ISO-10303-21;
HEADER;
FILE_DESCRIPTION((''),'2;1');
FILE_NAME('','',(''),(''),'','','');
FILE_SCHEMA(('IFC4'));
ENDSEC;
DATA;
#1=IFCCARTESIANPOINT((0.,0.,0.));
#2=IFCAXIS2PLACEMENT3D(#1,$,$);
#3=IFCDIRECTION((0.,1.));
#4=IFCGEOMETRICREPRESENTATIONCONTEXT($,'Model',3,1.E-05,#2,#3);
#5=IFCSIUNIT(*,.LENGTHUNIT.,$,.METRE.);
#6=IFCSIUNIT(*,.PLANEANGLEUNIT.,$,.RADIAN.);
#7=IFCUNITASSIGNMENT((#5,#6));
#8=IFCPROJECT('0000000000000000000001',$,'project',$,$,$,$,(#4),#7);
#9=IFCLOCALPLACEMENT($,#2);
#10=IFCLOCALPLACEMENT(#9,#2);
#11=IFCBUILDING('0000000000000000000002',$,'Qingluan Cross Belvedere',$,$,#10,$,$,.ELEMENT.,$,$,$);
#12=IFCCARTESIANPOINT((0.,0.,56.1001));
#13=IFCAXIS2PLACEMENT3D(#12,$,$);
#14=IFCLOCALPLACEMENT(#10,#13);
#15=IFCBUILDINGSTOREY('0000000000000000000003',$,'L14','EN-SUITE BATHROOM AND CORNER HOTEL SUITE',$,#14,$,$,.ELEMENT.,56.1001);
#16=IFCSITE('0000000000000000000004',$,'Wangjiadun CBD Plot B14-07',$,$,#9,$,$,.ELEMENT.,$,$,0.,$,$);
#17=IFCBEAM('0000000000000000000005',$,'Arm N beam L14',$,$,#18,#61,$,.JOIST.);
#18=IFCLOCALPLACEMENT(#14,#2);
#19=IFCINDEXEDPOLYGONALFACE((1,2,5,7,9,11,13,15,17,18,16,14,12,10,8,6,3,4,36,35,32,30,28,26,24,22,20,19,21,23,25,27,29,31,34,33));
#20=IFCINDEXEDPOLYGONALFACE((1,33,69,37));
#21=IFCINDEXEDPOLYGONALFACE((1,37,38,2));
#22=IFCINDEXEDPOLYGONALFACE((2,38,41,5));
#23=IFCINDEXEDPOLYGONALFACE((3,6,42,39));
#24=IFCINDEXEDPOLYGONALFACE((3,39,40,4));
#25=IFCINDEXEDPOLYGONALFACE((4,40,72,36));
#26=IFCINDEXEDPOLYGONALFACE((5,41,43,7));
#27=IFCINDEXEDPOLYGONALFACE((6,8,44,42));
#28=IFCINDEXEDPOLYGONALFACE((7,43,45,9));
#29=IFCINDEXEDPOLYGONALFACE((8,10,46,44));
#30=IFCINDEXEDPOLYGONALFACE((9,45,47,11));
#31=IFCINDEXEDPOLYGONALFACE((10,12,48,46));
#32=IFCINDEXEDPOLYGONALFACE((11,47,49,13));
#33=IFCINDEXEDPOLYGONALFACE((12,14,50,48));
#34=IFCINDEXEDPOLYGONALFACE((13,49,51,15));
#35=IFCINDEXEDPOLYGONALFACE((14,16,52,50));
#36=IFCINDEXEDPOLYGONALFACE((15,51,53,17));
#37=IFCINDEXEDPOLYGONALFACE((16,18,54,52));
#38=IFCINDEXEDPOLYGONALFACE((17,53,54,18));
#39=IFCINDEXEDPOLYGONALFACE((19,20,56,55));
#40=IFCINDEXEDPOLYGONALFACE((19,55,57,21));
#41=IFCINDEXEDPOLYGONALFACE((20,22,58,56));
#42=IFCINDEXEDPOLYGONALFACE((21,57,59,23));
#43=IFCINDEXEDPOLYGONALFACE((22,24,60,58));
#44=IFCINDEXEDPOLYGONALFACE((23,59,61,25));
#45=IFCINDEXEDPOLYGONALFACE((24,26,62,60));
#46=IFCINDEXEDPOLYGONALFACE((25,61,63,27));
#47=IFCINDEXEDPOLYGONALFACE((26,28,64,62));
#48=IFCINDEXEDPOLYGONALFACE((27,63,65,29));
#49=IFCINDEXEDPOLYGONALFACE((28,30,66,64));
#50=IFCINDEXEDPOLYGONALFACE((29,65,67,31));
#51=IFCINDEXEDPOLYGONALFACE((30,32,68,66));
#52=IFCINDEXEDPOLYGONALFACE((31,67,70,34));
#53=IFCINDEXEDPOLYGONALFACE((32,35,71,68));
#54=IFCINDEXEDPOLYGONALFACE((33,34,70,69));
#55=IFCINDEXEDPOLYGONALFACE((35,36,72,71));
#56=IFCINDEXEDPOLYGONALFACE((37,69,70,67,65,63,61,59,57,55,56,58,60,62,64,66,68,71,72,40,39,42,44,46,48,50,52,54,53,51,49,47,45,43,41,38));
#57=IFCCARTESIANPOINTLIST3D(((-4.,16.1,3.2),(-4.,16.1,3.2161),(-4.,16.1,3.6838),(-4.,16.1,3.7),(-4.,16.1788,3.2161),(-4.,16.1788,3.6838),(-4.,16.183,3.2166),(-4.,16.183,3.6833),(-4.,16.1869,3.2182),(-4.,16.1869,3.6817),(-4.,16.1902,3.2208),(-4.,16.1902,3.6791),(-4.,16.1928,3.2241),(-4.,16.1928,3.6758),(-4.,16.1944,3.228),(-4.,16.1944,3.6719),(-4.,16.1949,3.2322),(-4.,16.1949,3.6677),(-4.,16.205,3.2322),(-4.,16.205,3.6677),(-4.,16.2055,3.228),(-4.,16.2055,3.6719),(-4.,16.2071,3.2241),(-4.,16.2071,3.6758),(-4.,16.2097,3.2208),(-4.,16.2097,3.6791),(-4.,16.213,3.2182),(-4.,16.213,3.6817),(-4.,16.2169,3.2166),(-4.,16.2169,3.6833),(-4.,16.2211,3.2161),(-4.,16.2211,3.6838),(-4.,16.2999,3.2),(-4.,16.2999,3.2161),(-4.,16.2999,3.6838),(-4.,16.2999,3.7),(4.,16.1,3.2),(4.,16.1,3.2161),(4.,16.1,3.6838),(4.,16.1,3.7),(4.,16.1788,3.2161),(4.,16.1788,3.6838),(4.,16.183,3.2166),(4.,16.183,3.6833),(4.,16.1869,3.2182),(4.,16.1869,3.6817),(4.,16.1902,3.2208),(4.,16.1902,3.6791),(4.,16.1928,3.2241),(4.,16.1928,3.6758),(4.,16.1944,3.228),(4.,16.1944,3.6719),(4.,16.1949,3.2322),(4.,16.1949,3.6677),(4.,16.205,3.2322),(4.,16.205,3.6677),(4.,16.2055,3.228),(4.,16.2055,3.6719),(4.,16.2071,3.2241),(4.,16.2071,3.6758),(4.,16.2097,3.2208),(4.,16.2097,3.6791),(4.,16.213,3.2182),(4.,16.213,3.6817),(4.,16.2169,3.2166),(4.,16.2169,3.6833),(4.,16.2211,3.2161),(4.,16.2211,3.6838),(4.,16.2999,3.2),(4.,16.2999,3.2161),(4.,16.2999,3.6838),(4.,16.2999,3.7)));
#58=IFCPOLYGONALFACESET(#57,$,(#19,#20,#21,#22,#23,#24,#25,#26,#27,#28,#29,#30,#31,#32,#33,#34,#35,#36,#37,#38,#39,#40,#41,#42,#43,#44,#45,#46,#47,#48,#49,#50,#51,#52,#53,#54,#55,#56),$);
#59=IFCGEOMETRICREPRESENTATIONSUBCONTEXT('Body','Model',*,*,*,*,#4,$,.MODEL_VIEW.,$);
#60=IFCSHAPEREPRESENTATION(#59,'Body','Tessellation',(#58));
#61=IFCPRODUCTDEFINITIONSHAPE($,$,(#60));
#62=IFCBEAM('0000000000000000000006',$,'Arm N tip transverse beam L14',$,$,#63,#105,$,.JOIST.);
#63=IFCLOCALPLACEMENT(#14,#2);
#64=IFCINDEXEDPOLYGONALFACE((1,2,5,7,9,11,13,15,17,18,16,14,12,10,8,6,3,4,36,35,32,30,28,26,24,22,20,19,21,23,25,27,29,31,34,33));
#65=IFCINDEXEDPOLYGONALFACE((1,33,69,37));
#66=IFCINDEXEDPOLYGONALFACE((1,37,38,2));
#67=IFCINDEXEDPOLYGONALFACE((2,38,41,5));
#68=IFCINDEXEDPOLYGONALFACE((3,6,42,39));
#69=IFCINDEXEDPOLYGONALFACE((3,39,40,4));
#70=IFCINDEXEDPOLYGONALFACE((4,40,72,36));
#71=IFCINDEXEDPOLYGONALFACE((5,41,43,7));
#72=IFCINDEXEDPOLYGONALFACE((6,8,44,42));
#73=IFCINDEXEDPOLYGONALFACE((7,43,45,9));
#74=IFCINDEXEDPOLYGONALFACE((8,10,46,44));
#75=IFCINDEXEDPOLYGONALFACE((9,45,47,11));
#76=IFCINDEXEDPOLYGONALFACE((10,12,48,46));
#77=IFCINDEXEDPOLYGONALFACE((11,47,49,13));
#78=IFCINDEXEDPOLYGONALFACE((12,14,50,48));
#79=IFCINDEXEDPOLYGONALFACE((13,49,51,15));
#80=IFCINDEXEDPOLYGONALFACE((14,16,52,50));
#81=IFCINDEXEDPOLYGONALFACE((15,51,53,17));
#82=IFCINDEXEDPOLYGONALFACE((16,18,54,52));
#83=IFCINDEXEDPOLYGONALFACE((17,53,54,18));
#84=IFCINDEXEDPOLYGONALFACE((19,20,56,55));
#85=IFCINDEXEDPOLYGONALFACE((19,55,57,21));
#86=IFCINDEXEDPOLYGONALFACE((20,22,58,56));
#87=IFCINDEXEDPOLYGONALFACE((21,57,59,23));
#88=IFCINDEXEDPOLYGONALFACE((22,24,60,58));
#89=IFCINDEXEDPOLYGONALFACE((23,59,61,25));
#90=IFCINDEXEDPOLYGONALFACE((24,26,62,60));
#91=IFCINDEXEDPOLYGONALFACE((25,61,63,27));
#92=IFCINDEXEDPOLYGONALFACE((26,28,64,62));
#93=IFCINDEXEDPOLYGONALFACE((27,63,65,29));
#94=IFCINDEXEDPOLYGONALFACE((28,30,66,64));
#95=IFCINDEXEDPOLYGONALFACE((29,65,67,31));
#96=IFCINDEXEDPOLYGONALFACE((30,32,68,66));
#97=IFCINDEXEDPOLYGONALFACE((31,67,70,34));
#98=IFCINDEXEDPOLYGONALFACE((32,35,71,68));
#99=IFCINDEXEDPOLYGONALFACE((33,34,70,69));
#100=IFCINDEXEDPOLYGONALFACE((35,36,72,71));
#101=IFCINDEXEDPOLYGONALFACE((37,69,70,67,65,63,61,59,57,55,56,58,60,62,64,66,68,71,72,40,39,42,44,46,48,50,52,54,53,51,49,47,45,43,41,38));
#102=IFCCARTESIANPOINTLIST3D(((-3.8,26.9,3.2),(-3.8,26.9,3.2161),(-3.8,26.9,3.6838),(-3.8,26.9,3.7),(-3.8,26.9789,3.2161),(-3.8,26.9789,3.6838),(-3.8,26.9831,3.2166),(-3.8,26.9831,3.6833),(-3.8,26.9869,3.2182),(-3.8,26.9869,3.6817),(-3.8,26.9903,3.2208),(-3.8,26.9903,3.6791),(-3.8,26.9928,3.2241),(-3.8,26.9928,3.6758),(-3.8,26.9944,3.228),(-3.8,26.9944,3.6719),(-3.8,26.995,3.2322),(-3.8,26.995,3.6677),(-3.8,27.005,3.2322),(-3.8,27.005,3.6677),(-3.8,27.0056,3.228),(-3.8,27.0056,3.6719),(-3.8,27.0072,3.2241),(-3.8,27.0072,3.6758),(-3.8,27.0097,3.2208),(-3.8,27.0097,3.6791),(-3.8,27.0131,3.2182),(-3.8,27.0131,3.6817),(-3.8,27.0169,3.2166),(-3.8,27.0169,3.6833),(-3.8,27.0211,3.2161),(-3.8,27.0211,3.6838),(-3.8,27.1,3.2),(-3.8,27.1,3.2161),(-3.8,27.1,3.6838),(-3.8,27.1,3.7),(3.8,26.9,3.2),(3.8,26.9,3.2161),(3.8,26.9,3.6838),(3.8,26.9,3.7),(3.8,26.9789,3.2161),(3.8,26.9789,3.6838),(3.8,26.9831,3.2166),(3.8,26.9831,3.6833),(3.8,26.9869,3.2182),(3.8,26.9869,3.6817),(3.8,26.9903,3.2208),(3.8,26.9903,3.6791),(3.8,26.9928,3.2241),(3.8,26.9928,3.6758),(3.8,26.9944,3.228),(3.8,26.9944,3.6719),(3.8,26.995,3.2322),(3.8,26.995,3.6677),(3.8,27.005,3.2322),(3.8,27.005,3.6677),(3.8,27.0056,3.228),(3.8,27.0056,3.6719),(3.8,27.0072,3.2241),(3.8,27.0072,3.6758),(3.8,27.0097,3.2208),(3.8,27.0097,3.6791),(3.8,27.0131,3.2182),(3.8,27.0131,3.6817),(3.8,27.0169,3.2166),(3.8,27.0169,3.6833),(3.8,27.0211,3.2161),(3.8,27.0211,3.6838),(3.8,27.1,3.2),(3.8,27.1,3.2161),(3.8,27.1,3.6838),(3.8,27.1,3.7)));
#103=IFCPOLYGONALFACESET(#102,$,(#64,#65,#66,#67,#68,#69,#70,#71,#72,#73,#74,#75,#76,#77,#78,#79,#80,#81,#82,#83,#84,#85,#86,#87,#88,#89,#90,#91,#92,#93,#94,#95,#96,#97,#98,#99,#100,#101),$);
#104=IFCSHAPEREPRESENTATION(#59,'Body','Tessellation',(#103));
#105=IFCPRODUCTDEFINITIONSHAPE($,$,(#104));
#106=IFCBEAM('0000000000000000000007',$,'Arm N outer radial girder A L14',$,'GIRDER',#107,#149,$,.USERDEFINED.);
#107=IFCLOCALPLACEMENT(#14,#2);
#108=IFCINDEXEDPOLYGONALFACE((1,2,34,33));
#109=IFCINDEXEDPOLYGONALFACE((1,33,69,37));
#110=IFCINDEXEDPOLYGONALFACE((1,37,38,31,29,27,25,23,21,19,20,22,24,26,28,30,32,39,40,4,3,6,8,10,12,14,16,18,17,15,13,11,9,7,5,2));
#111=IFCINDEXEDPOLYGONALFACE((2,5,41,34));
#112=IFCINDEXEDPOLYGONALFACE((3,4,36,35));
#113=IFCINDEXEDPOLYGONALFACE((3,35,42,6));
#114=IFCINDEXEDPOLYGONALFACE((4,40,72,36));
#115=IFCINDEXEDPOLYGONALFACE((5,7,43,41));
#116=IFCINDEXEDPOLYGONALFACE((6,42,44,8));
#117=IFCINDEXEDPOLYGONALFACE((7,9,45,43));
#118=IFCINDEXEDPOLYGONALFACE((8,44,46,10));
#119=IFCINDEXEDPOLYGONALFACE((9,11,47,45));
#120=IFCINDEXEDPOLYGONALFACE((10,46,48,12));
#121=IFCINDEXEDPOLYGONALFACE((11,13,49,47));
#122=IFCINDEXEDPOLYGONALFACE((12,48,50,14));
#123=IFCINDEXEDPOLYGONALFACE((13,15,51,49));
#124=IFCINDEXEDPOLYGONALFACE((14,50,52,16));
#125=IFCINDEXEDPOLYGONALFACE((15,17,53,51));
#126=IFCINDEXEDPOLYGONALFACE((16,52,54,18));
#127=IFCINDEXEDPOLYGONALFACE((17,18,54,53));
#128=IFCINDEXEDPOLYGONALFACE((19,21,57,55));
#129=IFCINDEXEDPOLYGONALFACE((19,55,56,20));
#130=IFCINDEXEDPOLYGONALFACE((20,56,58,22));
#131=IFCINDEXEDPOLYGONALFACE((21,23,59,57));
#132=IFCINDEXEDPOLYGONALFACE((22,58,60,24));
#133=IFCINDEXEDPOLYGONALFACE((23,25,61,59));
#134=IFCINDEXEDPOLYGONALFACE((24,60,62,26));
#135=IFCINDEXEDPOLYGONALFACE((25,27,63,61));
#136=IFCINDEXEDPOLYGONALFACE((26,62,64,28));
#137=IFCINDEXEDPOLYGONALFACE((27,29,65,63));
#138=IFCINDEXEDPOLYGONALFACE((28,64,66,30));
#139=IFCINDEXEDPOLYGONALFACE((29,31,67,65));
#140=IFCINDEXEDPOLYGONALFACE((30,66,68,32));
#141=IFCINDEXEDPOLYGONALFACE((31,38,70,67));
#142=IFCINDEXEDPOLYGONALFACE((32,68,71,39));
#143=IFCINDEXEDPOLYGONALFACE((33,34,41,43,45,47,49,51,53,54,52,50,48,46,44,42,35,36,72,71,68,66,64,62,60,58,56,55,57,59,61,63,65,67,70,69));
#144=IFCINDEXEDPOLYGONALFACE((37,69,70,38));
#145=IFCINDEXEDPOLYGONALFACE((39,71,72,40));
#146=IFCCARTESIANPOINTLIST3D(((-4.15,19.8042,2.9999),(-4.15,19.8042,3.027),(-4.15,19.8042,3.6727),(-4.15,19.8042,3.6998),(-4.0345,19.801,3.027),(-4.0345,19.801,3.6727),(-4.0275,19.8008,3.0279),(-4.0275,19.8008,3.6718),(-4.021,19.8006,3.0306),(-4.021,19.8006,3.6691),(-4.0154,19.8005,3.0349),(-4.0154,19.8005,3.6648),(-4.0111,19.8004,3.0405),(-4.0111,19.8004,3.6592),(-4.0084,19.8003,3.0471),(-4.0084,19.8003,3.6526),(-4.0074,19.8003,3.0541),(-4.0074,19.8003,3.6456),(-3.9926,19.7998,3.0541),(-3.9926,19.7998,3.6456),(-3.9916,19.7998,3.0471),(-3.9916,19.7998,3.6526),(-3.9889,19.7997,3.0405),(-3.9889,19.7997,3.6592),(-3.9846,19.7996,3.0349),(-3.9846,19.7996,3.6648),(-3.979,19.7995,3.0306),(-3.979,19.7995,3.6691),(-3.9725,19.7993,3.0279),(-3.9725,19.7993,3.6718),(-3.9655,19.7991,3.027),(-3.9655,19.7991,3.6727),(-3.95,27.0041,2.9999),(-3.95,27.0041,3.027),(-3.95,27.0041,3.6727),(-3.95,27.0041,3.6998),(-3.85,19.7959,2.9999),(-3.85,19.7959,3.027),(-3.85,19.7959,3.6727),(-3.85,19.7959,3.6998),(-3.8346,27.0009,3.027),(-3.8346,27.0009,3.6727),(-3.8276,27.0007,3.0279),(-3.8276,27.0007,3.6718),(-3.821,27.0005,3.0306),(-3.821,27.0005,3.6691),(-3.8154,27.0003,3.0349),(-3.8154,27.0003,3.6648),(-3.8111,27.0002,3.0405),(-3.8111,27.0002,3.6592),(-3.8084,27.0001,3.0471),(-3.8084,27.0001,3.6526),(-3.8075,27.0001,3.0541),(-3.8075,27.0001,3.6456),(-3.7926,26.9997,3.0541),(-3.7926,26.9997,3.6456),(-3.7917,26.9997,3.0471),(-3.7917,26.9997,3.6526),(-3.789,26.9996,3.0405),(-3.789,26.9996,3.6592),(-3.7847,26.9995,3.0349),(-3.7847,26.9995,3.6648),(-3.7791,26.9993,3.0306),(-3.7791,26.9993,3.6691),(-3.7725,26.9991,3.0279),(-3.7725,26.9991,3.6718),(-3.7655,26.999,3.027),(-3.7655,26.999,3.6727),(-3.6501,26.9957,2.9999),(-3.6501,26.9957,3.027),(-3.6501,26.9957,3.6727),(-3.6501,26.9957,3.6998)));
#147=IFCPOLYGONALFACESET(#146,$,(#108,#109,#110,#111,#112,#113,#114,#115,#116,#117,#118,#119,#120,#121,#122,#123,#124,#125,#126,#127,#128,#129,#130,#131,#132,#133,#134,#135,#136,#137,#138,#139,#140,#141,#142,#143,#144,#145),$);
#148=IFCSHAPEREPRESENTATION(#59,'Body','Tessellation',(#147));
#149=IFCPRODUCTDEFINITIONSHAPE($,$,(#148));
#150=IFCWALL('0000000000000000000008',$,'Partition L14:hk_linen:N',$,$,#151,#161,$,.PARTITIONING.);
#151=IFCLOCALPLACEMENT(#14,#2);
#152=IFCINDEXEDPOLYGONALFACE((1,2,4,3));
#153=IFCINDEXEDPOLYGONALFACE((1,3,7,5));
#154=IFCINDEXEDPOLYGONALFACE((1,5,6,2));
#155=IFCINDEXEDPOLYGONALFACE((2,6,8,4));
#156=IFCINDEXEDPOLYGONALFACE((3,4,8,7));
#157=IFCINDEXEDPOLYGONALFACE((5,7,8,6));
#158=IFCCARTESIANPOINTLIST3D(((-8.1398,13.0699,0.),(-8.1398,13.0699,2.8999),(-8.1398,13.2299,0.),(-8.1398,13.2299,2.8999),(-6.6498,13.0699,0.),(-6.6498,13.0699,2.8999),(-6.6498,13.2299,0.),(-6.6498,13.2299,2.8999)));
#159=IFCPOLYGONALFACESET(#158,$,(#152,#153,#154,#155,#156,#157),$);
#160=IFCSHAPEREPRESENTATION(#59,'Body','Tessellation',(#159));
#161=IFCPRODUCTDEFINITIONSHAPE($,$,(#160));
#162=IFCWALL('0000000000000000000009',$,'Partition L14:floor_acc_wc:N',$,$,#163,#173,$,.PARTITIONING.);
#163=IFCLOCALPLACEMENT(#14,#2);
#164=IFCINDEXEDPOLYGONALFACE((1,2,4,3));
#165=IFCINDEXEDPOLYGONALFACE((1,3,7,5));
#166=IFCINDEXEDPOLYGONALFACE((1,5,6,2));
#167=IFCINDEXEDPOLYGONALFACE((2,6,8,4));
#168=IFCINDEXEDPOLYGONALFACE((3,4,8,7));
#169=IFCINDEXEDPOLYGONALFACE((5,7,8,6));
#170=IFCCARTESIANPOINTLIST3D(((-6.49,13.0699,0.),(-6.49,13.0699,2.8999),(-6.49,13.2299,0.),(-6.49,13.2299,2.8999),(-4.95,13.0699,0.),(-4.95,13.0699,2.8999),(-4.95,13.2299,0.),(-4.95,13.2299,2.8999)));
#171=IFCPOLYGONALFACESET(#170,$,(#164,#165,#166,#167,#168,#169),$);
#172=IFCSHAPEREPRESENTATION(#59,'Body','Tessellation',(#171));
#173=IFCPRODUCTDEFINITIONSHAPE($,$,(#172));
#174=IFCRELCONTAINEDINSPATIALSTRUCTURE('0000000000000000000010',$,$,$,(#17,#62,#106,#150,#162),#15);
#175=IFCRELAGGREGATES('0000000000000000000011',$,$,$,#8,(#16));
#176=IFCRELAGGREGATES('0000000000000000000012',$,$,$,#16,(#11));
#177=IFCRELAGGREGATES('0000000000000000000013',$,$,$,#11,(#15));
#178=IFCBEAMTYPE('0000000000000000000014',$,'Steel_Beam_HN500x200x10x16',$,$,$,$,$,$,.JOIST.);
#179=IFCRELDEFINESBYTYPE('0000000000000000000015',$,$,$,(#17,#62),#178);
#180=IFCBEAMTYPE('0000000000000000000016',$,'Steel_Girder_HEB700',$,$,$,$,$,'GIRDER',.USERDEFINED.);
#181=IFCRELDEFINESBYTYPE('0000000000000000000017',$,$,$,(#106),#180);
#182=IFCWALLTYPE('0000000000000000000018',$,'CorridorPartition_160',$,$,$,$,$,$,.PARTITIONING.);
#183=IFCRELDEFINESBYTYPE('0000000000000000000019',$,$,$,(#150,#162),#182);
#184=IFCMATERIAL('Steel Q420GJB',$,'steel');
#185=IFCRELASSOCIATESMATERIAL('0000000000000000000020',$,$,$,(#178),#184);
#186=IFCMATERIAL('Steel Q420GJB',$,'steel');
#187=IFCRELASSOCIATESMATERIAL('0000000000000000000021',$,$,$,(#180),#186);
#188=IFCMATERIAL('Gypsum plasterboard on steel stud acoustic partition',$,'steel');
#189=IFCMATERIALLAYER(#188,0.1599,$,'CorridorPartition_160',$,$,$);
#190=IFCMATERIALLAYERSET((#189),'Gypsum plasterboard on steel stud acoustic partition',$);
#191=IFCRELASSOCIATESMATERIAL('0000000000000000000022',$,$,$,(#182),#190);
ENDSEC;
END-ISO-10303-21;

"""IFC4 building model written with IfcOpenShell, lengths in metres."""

from ifc_helpers import new_model, si_unit, direction, frame, frame_2d, origin, origin_2d, place, context, subcontext, project, spatial, rectangle, i_section, extrude, material, layer, layer_set, material_profile, profile_set, type_object, element, save


model = new_model("IFC4")

# Units and contexts
model_context = context("Model", 3, precision=1e-05, world=origin(), true_north=direction((0.0, 1.0)))
body_context = subcontext(model_context, "Body", "Model", "MODEL_VIEW")
ifc_project = project(units=[si_unit("LENGTHUNIT", "METRE"), si_unit("PLANEANGLEUNIT", "RADIAN")], contexts=[model_context])

# Site, building, storey
site_placement = place(None, origin())
site = spatial("IfcSite", under=ifc_project, at=site_placement, Name="Wangjiadun CBD Plot B14-07", CompositionType="ELEMENT", RefElevation=0.0)
building_placement = place(site_placement, origin())
building = spatial("IfcBuilding", under=site, at=building_placement, Name="Qingluan Cross Belvedere", CompositionType="ELEMENT")
storey_placement = place(building_placement, frame((0.0, 0.0, 56.1001)))
storey = spatial("IfcBuildingStorey", under=building, at=storey_placement, Name="L14", Description="EN-SUITE BATHROOM AND CORNER HOTEL SUITE", CompositionType="ELEMENT", Elevation=56.1001)

# Beams
ifc_material_1 = material(Name="Steel Q420GJB", Category="steel")
ifc_material_profile_1 = material_profile(ifc_material_1, i_section(OverallWidth=0.2, OverallDepth=0.5, WebThickness=0.01, FlangeThickness=0.0161, FilletRadius=0.0161, at=origin_2d()), Name="HN500x200x10x16")
ifc_profile_set_1 = profile_set([ifc_material_profile_1], Name="Steel Q420GJB")
beam_type_1 = type_object("IfcBeamType", Name="Steel_Beam_HN500x200x10x16", PredefinedType="JOIST", material=ifc_profile_set_1)
for number, where, z_axis, x_axis, name in (
    (1, (-4.0, 16.2, 3.45), (1.0, 0.0, 0.0), (0.0, 1.0, 0.0), "Arm N beam L14"),
):
    element("IfcBeam", number, at=place(storey_placement, frame(where, z_axis=z_axis, x_axis=x_axis)), inside=storey, type_object=beam_type_1, Name=name, PredefinedType="JOIST", context=body_context, shape_type="SweptSolid", body=[
        extrude(i_section(OverallWidth=0.2, OverallDepth=0.5, WebThickness=0.01, FlangeThickness=0.0161, FilletRadius=0.0161, at=origin_2d()), origin(), (0.0, 0.0, 1.0), 8.0),
    ])
beam_1_placement = place(storey_placement, frame((-3.8, 27.0, 3.45), z_axis=(1.0, 0.0, 0.0), x_axis=(0.0, 1.0, 0.0)))
element("IfcBeam", 2, at=beam_1_placement, inside=storey, type_object=beam_type_1, Name="Arm N tip transverse beam L14", PredefinedType="JOIST", context=body_context, shape_type="SweptSolid", body=[
    extrude(i_section(OverallWidth=0.2, OverallDepth=0.5, WebThickness=0.01, FlangeThickness=0.0161, FilletRadius=0.0161, at=origin_2d()), origin(), (0.0, 0.0, 1.0), 7.6001),
])
ifc_material_2 = material(Name="Steel Q420GJB", Category="steel")
ifc_material_profile_2 = material_profile(ifc_material_2, i_section(OverallWidth=0.3, OverallDepth=0.7, WebThickness=0.0149, FlangeThickness=0.0271, FilletRadius=0.0271, at=origin_2d()), Name="HEB700")
ifc_profile_set_2 = profile_set([ifc_material_profile_2], Name="Steel Q420GJB")
beam_type_2 = type_object("IfcBeamType", Name="Steel_Girder_HEB700", ElementType="GIRDER", PredefinedType="USERDEFINED", material=ifc_profile_set_2)
beam_2_placement = place(storey_placement, frame((-4.0, 19.8, 3.3499), z_axis=(0.02776, 0.999615, 0.0), x_axis=(-0.999615, 0.02776, 0.0)))
element("IfcBeam", 3, at=beam_2_placement, inside=storey, type_object=beam_type_2, Name="Arm N outer radial girder A L14", ObjectType="GIRDER", PredefinedType="USERDEFINED", context=body_context, shape_type="SweptSolid", body=[
    extrude(i_section(OverallWidth=0.3, OverallDepth=0.7, WebThickness=0.0149, FlangeThickness=0.0271, FilletRadius=0.0271, at=origin_2d()), origin(), (0.0, 0.0, 1.0), 7.2026),
])

# Walls
ifc_material_3 = material(Name="Gypsum plasterboard on steel stud acoustic partition", Category="steel")
ifc_layer_1 = layer(ifc_material_3, 0.1599, Name="CorridorPartition_160")
ifc_layer_set_1 = layer_set([ifc_layer_1], Name="Gypsum plasterboard on steel stud acoustic partition")
wall_type_1 = type_object("IfcWallType", Name="CorridorPartition_160", PredefinedType="PARTITIONING", material=ifc_layer_set_1)
wall_1_placement = place(storey_placement, frame((-8.1399, 13.1499, 0.0), z_axis=(0.0, 0.0, 1.0), x_axis=(1.0, 0.0, 0.0)))
element("IfcWall", 4, at=wall_1_placement, inside=storey, type_object=wall_type_1, Name="Partition L14:hk_linen:N", PredefinedType="PARTITIONING", context=body_context, shape_type="SweptSolid", body=[
    extrude(rectangle(XDim=1.49, YDim=0.1599, at=frame_2d((0.7451, 0.0))), origin(), (0.0, 0.0, 1.0), 2.8999),
])
wall_2_placement = place(storey_placement, frame((-6.49, 13.1499, 0.0), z_axis=(0.0, 0.0, 1.0), x_axis=(1.0, 0.0, 0.0)))
element("IfcWall", 5, at=wall_2_placement, inside=storey, type_object=wall_type_1, Name="Partition L14:floor_acc_wc:N", PredefinedType="PARTITIONING", context=body_context, shape_type="SweptSolid", body=[
    extrude(rectangle(XDim=1.54, YDim=0.1599, at=frame_2d((0.77, 0.0))), origin(), (0.0, 0.0, 1.0), 2.8999),
])

save(model, "model.ifc")
